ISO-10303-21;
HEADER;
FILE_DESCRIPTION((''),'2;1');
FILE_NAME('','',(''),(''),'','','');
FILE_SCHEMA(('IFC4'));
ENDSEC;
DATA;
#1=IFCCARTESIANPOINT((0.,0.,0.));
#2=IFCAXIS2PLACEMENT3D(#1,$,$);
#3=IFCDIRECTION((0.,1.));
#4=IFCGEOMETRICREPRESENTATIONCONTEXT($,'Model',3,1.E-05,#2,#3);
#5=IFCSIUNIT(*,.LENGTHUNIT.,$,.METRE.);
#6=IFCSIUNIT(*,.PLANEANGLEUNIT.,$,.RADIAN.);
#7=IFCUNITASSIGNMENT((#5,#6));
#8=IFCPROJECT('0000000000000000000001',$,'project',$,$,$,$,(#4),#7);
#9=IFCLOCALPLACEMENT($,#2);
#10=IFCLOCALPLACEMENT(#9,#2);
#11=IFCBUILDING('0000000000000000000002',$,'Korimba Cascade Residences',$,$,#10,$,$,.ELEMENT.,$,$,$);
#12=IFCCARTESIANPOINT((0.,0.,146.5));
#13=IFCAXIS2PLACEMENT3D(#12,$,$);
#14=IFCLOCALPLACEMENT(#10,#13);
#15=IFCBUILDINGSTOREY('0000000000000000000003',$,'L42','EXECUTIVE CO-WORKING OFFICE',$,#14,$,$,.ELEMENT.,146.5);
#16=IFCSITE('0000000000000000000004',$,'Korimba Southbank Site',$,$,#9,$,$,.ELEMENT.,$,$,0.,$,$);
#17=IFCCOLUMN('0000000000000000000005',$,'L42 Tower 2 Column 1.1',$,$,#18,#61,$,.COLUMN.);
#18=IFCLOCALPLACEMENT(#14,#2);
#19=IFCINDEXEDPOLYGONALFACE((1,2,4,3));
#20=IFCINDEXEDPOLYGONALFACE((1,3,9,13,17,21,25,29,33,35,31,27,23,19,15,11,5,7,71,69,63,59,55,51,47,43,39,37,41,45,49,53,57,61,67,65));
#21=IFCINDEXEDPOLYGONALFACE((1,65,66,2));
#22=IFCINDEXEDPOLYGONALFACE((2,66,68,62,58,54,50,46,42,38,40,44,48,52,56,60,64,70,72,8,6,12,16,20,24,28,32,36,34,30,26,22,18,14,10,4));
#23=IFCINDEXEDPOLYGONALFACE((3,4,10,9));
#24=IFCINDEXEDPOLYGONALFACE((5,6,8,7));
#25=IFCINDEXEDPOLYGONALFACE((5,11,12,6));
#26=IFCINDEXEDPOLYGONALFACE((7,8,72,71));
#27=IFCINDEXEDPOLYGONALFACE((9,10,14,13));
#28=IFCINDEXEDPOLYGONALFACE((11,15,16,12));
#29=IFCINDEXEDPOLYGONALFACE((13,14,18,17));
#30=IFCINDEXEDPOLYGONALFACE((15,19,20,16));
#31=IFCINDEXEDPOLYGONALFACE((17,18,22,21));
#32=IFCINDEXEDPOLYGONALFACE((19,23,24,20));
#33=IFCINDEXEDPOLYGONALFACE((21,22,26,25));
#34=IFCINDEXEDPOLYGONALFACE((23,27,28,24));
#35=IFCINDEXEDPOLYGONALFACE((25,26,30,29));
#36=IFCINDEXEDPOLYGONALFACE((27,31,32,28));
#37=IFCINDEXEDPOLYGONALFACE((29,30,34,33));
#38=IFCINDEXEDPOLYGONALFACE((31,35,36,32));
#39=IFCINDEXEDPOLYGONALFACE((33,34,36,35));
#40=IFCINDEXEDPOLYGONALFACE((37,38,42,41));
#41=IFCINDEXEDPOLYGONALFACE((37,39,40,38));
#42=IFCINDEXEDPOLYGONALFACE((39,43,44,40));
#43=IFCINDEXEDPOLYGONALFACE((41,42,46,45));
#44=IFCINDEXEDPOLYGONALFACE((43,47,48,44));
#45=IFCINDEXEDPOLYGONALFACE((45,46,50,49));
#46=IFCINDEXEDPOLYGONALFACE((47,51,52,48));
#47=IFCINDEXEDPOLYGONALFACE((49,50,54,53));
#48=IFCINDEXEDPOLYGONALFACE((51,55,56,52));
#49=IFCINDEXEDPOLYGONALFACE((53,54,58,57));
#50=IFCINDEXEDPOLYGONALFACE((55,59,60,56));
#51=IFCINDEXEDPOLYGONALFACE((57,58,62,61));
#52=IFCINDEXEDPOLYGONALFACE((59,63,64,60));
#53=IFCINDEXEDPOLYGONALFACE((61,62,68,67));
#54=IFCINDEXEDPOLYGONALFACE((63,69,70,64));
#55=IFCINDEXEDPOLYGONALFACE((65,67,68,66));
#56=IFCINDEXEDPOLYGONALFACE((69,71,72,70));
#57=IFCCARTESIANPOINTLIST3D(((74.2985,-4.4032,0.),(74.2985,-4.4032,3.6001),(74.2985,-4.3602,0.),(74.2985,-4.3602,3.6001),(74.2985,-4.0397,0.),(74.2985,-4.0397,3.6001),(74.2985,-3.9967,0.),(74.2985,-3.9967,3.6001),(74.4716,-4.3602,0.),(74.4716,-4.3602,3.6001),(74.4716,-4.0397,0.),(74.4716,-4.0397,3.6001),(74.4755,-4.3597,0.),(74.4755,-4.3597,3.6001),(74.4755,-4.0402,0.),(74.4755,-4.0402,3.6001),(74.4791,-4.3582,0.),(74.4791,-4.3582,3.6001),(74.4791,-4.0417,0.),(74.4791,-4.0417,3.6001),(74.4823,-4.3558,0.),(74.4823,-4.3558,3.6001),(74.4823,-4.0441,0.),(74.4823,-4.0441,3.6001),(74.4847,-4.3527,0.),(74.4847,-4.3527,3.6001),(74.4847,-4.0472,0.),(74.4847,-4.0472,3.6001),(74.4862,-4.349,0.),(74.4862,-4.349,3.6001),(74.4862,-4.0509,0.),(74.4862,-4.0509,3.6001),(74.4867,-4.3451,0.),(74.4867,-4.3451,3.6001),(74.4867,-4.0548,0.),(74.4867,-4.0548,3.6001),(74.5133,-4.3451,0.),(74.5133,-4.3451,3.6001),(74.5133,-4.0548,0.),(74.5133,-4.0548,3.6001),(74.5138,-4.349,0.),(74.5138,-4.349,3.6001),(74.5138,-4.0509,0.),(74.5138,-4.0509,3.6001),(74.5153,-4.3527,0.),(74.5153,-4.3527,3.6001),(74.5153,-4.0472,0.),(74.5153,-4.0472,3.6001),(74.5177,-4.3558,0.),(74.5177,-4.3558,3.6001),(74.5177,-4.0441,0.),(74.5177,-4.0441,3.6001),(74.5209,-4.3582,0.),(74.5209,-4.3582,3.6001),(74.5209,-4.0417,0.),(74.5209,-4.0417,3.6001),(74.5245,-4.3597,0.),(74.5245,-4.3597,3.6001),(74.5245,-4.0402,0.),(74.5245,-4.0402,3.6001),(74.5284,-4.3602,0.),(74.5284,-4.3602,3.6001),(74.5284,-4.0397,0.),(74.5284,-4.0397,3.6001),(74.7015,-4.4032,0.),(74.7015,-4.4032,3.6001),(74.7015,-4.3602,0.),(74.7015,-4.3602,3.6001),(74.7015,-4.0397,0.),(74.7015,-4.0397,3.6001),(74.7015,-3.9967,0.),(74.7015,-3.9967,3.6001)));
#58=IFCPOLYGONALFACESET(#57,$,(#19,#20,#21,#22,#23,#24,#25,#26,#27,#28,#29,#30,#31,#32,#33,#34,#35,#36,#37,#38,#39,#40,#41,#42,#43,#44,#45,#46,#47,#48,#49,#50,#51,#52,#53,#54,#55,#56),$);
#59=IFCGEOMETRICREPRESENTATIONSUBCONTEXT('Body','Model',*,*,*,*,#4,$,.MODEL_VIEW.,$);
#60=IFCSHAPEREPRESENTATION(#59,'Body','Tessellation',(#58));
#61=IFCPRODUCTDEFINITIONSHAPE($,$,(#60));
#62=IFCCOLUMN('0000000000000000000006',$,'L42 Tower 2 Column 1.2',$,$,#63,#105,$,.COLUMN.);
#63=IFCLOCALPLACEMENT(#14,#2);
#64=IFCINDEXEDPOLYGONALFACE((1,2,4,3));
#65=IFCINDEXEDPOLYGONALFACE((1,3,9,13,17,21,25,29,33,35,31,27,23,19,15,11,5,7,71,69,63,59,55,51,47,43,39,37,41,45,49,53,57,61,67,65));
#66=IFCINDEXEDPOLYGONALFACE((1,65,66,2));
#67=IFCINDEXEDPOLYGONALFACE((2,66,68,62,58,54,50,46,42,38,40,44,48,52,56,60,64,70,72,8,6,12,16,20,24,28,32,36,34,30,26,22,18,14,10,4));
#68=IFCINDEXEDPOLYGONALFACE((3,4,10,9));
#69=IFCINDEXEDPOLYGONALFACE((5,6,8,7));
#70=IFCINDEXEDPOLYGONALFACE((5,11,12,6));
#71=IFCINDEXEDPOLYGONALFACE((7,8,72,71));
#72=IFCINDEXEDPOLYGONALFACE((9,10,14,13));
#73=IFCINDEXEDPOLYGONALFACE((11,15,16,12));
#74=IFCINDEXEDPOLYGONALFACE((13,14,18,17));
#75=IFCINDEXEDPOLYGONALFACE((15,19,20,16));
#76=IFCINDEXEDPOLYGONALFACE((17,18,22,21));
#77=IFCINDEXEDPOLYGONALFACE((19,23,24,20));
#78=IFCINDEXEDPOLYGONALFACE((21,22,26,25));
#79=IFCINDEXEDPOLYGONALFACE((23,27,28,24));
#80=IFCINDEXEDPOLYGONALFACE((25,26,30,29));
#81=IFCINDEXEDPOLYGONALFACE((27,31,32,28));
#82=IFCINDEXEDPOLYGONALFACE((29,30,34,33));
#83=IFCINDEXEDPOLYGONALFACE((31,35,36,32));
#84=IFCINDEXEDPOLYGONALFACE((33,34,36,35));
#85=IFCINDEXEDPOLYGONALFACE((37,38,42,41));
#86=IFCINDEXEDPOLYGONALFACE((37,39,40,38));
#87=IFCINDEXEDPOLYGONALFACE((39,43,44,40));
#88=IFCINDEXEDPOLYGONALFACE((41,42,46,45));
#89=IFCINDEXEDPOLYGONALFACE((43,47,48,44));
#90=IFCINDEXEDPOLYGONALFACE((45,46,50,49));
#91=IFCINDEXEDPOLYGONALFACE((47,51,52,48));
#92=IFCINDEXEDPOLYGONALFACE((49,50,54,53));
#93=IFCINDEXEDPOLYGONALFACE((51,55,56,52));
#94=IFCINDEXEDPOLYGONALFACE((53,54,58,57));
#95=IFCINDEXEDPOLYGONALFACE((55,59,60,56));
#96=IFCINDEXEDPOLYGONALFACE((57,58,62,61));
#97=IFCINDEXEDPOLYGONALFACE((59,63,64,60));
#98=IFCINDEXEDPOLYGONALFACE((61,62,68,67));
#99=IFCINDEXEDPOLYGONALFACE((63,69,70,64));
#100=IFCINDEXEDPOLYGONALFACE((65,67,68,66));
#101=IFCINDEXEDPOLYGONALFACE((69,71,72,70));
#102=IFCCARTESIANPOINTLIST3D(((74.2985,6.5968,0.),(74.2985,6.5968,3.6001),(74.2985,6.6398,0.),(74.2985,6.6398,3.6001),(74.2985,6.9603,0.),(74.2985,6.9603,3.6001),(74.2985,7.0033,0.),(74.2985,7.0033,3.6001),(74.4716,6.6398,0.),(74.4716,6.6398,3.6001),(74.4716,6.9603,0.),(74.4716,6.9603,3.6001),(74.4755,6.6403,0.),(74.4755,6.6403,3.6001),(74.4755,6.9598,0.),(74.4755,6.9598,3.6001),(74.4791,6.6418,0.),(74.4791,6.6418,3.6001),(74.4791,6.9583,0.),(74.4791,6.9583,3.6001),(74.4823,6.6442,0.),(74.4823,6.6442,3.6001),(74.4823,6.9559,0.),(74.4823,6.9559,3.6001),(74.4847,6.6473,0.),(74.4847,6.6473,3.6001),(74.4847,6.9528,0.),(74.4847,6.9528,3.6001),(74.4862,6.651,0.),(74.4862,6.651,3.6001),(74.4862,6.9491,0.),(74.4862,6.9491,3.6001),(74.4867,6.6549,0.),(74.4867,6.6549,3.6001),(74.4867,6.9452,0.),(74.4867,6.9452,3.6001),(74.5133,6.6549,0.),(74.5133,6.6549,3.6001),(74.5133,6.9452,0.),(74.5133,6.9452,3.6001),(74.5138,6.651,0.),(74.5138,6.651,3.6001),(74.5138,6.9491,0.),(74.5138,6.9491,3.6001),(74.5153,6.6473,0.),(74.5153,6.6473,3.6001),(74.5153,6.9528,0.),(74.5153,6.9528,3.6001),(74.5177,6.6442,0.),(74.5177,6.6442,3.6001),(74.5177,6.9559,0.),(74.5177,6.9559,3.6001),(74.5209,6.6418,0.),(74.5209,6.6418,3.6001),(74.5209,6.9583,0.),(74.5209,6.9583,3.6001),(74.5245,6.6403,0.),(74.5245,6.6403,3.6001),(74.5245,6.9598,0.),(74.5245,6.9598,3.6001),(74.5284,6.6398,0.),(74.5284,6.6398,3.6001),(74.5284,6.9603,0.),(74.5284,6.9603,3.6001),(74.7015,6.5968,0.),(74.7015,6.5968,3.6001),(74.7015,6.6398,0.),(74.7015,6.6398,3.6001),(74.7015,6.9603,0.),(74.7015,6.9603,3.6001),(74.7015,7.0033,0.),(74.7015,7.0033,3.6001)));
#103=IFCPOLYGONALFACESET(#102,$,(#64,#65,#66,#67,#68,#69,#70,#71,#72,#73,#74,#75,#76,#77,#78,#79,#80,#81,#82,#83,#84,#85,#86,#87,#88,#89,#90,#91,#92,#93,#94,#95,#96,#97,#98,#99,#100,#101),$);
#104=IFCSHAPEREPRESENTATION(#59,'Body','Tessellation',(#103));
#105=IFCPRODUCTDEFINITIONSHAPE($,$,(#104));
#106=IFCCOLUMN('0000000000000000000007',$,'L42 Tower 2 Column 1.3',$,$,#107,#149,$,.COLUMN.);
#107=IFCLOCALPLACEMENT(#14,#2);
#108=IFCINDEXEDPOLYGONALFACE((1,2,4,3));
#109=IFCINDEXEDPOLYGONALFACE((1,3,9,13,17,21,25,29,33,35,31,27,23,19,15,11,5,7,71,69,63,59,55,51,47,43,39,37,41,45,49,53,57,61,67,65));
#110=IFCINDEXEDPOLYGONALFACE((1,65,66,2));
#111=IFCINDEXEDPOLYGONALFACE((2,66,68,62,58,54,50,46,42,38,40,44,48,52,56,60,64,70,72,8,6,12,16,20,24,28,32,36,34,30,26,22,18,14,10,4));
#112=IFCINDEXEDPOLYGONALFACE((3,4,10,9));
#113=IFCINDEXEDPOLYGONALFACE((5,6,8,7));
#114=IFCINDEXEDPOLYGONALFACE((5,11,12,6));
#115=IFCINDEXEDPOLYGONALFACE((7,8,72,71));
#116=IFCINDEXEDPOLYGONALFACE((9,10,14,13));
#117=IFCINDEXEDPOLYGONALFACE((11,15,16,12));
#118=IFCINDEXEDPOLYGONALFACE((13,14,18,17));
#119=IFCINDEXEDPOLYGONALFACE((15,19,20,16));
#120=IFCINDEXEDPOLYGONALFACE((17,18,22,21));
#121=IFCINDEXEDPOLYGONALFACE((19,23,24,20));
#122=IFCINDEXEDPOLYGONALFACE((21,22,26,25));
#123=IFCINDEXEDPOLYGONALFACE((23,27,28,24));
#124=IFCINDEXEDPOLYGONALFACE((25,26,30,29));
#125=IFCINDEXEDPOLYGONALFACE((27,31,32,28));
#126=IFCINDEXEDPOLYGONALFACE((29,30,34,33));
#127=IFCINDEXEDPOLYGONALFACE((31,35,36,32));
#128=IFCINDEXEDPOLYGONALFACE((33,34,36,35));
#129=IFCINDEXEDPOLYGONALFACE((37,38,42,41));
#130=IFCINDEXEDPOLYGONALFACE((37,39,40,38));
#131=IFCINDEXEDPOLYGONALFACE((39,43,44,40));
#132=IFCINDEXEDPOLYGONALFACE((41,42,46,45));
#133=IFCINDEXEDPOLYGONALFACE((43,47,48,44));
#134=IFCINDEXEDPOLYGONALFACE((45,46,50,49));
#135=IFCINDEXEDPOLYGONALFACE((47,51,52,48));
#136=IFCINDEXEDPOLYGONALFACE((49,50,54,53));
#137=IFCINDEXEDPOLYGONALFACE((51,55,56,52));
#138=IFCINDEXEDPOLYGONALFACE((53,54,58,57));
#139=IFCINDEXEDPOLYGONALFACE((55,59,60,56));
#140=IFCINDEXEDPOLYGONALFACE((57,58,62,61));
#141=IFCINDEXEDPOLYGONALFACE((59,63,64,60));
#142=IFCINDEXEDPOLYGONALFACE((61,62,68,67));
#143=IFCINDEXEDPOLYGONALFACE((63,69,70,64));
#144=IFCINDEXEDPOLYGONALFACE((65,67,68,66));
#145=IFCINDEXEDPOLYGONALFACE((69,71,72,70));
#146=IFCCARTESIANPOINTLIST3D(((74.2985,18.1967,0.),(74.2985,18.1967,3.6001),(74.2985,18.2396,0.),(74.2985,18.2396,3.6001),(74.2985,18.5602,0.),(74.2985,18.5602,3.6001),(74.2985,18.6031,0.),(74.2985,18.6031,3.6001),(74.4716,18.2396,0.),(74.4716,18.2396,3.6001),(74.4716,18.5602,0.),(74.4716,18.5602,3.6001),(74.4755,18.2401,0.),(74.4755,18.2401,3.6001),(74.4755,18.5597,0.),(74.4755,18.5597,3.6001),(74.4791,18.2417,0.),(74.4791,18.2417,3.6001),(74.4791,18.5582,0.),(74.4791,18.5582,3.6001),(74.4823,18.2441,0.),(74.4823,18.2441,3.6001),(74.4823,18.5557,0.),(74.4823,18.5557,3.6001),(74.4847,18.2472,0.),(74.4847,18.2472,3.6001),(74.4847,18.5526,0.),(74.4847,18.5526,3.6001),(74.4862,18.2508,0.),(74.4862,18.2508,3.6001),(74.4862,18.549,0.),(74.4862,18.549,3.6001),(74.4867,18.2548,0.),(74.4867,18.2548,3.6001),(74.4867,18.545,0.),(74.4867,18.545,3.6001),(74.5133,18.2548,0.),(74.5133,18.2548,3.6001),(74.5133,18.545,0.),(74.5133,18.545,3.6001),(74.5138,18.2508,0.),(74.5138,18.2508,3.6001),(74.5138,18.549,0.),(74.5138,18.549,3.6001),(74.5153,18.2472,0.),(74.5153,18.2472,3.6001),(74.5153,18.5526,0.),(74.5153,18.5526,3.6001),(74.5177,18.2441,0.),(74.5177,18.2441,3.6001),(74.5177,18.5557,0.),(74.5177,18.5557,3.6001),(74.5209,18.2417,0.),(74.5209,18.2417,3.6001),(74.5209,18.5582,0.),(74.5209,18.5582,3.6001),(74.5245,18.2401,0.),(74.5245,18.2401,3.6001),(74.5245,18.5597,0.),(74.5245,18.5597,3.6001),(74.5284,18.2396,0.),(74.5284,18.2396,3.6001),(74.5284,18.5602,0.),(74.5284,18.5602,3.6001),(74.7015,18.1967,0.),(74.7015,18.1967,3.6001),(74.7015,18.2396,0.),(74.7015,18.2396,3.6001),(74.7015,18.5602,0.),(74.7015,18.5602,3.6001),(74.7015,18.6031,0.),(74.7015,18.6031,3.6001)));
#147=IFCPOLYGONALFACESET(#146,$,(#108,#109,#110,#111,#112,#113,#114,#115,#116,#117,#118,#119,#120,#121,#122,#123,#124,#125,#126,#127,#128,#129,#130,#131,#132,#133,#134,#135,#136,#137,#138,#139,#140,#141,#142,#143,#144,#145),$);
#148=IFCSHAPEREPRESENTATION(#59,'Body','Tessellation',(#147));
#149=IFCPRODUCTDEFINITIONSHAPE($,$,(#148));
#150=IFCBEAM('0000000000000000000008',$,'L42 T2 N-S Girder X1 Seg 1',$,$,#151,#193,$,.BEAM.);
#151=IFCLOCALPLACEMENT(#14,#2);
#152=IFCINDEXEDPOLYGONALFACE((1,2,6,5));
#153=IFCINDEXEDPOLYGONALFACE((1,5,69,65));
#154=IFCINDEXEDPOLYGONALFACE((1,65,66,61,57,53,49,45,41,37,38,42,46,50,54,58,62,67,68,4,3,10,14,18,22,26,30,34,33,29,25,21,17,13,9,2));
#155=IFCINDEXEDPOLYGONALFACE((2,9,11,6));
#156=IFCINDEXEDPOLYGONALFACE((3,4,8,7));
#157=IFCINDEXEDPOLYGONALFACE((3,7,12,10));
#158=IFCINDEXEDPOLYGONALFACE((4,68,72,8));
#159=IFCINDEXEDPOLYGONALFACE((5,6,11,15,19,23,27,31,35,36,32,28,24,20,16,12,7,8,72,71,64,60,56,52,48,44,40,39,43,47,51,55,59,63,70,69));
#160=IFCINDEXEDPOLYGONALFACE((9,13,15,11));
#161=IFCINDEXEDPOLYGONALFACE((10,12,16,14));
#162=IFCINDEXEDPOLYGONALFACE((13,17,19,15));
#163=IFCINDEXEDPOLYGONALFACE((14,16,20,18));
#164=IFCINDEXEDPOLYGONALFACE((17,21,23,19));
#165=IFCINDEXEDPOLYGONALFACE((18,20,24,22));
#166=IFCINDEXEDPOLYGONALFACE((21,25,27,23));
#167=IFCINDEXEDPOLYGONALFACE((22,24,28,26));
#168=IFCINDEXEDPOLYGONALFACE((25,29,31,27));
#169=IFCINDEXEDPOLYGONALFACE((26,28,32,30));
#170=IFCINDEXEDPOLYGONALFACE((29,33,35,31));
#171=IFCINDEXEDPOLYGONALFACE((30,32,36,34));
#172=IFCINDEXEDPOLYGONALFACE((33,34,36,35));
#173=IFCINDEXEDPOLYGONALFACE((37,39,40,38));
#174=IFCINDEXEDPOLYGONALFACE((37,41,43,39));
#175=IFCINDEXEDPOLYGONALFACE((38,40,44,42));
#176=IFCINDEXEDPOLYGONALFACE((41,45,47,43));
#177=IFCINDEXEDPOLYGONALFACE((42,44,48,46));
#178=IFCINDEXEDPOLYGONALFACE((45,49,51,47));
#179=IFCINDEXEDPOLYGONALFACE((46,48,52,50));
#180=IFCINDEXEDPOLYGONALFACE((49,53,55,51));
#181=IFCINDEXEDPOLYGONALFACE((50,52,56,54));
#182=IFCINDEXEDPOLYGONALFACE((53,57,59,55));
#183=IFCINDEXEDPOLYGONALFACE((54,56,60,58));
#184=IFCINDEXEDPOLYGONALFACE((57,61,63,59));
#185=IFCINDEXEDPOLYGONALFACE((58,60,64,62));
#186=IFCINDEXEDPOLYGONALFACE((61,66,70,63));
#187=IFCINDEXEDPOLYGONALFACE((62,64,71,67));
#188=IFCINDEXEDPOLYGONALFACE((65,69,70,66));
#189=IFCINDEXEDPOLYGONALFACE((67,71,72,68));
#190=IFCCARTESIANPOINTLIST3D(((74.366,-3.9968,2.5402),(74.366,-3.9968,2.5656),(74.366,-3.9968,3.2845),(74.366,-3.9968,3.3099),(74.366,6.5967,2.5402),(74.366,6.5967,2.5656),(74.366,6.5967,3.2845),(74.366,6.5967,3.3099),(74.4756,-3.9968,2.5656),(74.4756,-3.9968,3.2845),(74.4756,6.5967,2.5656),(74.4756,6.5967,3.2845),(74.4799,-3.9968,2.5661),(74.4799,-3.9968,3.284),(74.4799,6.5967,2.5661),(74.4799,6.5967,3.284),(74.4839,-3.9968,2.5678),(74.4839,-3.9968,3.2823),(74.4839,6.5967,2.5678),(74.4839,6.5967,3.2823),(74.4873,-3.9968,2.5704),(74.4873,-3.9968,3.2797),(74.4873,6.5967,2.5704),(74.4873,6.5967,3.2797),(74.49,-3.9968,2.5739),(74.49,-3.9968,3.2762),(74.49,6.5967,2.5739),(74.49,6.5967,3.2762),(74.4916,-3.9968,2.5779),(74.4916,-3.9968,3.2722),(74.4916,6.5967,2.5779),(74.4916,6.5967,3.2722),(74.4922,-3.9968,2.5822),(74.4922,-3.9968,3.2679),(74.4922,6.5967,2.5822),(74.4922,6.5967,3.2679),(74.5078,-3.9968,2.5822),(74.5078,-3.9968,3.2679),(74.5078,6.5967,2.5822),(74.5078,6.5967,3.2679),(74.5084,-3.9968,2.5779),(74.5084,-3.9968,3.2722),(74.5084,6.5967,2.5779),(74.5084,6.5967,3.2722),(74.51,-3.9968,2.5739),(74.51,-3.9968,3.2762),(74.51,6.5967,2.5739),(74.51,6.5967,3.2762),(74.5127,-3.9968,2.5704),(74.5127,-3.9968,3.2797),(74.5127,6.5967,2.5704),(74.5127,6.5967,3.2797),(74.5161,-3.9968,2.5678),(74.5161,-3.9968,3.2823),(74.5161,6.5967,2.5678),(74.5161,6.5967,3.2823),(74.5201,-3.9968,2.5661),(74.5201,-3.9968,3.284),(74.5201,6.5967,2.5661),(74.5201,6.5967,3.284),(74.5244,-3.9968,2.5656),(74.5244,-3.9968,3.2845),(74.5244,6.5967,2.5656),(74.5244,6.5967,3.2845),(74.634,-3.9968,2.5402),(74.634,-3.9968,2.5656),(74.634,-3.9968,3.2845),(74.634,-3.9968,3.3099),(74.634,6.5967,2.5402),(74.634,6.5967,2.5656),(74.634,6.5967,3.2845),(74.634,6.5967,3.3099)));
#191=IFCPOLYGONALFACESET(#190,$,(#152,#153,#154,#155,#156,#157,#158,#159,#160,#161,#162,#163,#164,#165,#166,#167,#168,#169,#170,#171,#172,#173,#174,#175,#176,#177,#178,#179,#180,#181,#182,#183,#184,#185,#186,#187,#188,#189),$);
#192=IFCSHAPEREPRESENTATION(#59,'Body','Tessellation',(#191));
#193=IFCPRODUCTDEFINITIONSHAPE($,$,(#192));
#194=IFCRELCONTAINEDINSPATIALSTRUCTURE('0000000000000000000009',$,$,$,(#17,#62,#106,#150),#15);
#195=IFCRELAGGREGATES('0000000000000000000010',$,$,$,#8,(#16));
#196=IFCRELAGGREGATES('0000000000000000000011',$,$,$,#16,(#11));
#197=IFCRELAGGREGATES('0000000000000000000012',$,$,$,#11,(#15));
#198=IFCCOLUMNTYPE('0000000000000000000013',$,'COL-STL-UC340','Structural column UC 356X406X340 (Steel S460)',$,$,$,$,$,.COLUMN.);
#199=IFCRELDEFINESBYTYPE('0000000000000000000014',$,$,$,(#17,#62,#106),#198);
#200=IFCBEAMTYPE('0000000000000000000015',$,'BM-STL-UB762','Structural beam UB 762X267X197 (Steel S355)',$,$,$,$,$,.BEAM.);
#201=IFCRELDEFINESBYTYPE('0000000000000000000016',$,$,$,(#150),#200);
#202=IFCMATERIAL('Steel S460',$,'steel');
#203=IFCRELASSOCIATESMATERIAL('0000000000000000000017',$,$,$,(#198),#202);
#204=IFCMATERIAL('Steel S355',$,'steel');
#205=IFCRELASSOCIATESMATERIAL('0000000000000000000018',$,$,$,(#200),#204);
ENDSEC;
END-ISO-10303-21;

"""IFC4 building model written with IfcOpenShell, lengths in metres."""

from ifc_helpers import new_model, si_unit, direction, frame, origin, origin_2d, place, context, subcontext, project, spatial, i_section, extrude, material, material_profile, profile_set, type_object, element, save


model = new_model("IFC4")

# Units and contexts
model_context = context("Model", 3, precision=1e-05, world=origin(), true_north=direction((0.0, 1.0)))
body_context = subcontext(model_context, "Body", "Model", "MODEL_VIEW")
ifc_project = project(units=[si_unit("LENGTHUNIT", "METRE"), si_unit("PLANEANGLEUNIT", "RADIAN")], contexts=[model_context])

# Site, building, storey
site_placement = place(None, origin())
site = spatial("IfcSite", under=ifc_project, at=site_placement, Name="Korimba Southbank Site", CompositionType="ELEMENT", RefElevation=0.0)
building_placement = place(site_placement, origin())
building = spatial("IfcBuilding", under=site, at=building_placement, Name="Korimba Cascade Residences", CompositionType="ELEMENT")
storey_placement = place(building_placement, frame((0.0, 0.0, 146.5)))
storey = spatial("IfcBuildingStorey", under=building, at=storey_placement, Name="L42", Description="EXECUTIVE CO-WORKING OFFICE", CompositionType="ELEMENT", Elevation=146.5)

# Columns
ifc_material_1 = material(Name="Steel S460", Category="steel")
ifc_material_profile_1 = material_profile(ifc_material_1, i_section(OverallWidth=0.4031, OverallDepth=0.4065, WebThickness=0.0266, FlangeThickness=0.043, FilletRadius=0.0151, at=origin_2d()), Name="Steel S460")
ifc_profile_set_1 = profile_set([ifc_material_profile_1], Name="Steel S460")
column_type = type_object("IfcColumnType", Name="COL-STL-UC340", Description="Structural column UC 356X406X340 (Steel S460)", PredefinedType="COLUMN", material=ifc_profile_set_1)
for number, where, z_axis, x_axis, name in (
    (1, (74.5, -4.2, 0.0), (0.0, 0.0, 1.0), (1.0, 0.0, 0.0), "L42 Tower 2 Column 1.1"),
    (2, (74.5, 6.8, 0.0), (0.0, 0.0, 1.0), (1.0, 0.0, 0.0), "L42 Tower 2 Column 1.2"),
    (3, (74.5, 18.3999, 0.0), (0.0, 0.0, 1.0), (1.0, 0.0, 0.0), "L42 Tower 2 Column 1.3"),
):
    element("IfcColumn", number, at=place(storey_placement, frame(where, z_axis=z_axis, x_axis=x_axis)), inside=storey, type_object=column_type, Name=name, PredefinedType="COLUMN", context=body_context, shape_type="SweptSolid", body=[
        extrude(i_section(OverallWidth=0.4031, OverallDepth=0.4065, WebThickness=0.0266, FlangeThickness=0.043, FilletRadius=0.0151, at=origin_2d()), origin(), (0.0, 0.0, 1.0), 3.6001),
    ])

# Beam
ifc_material_2 = material(Name="Steel S355", Category="steel")
ifc_material_profile_2 = material_profile(ifc_material_2, i_section(OverallWidth=0.2681, OverallDepth=0.7698, WebThickness=0.0156, FlangeThickness=0.0254, FilletRadius=0.0166, at=origin_2d()), Name="Steel S355")
ifc_profile_set_2 = profile_set([ifc_material_profile_2], Name="Steel S355")
beam_type = type_object("IfcBeamType", Name="BM-STL-UB762", Description="Structural beam UB 762X267X197 (Steel S355)", PredefinedType="BEAM", material=ifc_profile_set_2)
beam_1_placement = place(storey_placement, frame((74.5, -3.9968, 2.925), z_axis=(0.0, 1.0, 0.0), x_axis=(-1.0, 0.0, 0.0)))
element("IfcBeam", 4, at=beam_1_placement, inside=storey, type_object=beam_type, Name="L42 T2 N-S Girder X1 Seg 1", PredefinedType="BEAM", context=body_context, shape_type="SweptSolid", body=[
    extrude(i_section(OverallWidth=0.2681, OverallDepth=0.7698, WebThickness=0.0156, FlangeThickness=0.0254, FilletRadius=0.0166, at=origin_2d()), origin(), (0.0, 0.0, 1.0), 10.5935),
])

save(model, "model.ifc")
